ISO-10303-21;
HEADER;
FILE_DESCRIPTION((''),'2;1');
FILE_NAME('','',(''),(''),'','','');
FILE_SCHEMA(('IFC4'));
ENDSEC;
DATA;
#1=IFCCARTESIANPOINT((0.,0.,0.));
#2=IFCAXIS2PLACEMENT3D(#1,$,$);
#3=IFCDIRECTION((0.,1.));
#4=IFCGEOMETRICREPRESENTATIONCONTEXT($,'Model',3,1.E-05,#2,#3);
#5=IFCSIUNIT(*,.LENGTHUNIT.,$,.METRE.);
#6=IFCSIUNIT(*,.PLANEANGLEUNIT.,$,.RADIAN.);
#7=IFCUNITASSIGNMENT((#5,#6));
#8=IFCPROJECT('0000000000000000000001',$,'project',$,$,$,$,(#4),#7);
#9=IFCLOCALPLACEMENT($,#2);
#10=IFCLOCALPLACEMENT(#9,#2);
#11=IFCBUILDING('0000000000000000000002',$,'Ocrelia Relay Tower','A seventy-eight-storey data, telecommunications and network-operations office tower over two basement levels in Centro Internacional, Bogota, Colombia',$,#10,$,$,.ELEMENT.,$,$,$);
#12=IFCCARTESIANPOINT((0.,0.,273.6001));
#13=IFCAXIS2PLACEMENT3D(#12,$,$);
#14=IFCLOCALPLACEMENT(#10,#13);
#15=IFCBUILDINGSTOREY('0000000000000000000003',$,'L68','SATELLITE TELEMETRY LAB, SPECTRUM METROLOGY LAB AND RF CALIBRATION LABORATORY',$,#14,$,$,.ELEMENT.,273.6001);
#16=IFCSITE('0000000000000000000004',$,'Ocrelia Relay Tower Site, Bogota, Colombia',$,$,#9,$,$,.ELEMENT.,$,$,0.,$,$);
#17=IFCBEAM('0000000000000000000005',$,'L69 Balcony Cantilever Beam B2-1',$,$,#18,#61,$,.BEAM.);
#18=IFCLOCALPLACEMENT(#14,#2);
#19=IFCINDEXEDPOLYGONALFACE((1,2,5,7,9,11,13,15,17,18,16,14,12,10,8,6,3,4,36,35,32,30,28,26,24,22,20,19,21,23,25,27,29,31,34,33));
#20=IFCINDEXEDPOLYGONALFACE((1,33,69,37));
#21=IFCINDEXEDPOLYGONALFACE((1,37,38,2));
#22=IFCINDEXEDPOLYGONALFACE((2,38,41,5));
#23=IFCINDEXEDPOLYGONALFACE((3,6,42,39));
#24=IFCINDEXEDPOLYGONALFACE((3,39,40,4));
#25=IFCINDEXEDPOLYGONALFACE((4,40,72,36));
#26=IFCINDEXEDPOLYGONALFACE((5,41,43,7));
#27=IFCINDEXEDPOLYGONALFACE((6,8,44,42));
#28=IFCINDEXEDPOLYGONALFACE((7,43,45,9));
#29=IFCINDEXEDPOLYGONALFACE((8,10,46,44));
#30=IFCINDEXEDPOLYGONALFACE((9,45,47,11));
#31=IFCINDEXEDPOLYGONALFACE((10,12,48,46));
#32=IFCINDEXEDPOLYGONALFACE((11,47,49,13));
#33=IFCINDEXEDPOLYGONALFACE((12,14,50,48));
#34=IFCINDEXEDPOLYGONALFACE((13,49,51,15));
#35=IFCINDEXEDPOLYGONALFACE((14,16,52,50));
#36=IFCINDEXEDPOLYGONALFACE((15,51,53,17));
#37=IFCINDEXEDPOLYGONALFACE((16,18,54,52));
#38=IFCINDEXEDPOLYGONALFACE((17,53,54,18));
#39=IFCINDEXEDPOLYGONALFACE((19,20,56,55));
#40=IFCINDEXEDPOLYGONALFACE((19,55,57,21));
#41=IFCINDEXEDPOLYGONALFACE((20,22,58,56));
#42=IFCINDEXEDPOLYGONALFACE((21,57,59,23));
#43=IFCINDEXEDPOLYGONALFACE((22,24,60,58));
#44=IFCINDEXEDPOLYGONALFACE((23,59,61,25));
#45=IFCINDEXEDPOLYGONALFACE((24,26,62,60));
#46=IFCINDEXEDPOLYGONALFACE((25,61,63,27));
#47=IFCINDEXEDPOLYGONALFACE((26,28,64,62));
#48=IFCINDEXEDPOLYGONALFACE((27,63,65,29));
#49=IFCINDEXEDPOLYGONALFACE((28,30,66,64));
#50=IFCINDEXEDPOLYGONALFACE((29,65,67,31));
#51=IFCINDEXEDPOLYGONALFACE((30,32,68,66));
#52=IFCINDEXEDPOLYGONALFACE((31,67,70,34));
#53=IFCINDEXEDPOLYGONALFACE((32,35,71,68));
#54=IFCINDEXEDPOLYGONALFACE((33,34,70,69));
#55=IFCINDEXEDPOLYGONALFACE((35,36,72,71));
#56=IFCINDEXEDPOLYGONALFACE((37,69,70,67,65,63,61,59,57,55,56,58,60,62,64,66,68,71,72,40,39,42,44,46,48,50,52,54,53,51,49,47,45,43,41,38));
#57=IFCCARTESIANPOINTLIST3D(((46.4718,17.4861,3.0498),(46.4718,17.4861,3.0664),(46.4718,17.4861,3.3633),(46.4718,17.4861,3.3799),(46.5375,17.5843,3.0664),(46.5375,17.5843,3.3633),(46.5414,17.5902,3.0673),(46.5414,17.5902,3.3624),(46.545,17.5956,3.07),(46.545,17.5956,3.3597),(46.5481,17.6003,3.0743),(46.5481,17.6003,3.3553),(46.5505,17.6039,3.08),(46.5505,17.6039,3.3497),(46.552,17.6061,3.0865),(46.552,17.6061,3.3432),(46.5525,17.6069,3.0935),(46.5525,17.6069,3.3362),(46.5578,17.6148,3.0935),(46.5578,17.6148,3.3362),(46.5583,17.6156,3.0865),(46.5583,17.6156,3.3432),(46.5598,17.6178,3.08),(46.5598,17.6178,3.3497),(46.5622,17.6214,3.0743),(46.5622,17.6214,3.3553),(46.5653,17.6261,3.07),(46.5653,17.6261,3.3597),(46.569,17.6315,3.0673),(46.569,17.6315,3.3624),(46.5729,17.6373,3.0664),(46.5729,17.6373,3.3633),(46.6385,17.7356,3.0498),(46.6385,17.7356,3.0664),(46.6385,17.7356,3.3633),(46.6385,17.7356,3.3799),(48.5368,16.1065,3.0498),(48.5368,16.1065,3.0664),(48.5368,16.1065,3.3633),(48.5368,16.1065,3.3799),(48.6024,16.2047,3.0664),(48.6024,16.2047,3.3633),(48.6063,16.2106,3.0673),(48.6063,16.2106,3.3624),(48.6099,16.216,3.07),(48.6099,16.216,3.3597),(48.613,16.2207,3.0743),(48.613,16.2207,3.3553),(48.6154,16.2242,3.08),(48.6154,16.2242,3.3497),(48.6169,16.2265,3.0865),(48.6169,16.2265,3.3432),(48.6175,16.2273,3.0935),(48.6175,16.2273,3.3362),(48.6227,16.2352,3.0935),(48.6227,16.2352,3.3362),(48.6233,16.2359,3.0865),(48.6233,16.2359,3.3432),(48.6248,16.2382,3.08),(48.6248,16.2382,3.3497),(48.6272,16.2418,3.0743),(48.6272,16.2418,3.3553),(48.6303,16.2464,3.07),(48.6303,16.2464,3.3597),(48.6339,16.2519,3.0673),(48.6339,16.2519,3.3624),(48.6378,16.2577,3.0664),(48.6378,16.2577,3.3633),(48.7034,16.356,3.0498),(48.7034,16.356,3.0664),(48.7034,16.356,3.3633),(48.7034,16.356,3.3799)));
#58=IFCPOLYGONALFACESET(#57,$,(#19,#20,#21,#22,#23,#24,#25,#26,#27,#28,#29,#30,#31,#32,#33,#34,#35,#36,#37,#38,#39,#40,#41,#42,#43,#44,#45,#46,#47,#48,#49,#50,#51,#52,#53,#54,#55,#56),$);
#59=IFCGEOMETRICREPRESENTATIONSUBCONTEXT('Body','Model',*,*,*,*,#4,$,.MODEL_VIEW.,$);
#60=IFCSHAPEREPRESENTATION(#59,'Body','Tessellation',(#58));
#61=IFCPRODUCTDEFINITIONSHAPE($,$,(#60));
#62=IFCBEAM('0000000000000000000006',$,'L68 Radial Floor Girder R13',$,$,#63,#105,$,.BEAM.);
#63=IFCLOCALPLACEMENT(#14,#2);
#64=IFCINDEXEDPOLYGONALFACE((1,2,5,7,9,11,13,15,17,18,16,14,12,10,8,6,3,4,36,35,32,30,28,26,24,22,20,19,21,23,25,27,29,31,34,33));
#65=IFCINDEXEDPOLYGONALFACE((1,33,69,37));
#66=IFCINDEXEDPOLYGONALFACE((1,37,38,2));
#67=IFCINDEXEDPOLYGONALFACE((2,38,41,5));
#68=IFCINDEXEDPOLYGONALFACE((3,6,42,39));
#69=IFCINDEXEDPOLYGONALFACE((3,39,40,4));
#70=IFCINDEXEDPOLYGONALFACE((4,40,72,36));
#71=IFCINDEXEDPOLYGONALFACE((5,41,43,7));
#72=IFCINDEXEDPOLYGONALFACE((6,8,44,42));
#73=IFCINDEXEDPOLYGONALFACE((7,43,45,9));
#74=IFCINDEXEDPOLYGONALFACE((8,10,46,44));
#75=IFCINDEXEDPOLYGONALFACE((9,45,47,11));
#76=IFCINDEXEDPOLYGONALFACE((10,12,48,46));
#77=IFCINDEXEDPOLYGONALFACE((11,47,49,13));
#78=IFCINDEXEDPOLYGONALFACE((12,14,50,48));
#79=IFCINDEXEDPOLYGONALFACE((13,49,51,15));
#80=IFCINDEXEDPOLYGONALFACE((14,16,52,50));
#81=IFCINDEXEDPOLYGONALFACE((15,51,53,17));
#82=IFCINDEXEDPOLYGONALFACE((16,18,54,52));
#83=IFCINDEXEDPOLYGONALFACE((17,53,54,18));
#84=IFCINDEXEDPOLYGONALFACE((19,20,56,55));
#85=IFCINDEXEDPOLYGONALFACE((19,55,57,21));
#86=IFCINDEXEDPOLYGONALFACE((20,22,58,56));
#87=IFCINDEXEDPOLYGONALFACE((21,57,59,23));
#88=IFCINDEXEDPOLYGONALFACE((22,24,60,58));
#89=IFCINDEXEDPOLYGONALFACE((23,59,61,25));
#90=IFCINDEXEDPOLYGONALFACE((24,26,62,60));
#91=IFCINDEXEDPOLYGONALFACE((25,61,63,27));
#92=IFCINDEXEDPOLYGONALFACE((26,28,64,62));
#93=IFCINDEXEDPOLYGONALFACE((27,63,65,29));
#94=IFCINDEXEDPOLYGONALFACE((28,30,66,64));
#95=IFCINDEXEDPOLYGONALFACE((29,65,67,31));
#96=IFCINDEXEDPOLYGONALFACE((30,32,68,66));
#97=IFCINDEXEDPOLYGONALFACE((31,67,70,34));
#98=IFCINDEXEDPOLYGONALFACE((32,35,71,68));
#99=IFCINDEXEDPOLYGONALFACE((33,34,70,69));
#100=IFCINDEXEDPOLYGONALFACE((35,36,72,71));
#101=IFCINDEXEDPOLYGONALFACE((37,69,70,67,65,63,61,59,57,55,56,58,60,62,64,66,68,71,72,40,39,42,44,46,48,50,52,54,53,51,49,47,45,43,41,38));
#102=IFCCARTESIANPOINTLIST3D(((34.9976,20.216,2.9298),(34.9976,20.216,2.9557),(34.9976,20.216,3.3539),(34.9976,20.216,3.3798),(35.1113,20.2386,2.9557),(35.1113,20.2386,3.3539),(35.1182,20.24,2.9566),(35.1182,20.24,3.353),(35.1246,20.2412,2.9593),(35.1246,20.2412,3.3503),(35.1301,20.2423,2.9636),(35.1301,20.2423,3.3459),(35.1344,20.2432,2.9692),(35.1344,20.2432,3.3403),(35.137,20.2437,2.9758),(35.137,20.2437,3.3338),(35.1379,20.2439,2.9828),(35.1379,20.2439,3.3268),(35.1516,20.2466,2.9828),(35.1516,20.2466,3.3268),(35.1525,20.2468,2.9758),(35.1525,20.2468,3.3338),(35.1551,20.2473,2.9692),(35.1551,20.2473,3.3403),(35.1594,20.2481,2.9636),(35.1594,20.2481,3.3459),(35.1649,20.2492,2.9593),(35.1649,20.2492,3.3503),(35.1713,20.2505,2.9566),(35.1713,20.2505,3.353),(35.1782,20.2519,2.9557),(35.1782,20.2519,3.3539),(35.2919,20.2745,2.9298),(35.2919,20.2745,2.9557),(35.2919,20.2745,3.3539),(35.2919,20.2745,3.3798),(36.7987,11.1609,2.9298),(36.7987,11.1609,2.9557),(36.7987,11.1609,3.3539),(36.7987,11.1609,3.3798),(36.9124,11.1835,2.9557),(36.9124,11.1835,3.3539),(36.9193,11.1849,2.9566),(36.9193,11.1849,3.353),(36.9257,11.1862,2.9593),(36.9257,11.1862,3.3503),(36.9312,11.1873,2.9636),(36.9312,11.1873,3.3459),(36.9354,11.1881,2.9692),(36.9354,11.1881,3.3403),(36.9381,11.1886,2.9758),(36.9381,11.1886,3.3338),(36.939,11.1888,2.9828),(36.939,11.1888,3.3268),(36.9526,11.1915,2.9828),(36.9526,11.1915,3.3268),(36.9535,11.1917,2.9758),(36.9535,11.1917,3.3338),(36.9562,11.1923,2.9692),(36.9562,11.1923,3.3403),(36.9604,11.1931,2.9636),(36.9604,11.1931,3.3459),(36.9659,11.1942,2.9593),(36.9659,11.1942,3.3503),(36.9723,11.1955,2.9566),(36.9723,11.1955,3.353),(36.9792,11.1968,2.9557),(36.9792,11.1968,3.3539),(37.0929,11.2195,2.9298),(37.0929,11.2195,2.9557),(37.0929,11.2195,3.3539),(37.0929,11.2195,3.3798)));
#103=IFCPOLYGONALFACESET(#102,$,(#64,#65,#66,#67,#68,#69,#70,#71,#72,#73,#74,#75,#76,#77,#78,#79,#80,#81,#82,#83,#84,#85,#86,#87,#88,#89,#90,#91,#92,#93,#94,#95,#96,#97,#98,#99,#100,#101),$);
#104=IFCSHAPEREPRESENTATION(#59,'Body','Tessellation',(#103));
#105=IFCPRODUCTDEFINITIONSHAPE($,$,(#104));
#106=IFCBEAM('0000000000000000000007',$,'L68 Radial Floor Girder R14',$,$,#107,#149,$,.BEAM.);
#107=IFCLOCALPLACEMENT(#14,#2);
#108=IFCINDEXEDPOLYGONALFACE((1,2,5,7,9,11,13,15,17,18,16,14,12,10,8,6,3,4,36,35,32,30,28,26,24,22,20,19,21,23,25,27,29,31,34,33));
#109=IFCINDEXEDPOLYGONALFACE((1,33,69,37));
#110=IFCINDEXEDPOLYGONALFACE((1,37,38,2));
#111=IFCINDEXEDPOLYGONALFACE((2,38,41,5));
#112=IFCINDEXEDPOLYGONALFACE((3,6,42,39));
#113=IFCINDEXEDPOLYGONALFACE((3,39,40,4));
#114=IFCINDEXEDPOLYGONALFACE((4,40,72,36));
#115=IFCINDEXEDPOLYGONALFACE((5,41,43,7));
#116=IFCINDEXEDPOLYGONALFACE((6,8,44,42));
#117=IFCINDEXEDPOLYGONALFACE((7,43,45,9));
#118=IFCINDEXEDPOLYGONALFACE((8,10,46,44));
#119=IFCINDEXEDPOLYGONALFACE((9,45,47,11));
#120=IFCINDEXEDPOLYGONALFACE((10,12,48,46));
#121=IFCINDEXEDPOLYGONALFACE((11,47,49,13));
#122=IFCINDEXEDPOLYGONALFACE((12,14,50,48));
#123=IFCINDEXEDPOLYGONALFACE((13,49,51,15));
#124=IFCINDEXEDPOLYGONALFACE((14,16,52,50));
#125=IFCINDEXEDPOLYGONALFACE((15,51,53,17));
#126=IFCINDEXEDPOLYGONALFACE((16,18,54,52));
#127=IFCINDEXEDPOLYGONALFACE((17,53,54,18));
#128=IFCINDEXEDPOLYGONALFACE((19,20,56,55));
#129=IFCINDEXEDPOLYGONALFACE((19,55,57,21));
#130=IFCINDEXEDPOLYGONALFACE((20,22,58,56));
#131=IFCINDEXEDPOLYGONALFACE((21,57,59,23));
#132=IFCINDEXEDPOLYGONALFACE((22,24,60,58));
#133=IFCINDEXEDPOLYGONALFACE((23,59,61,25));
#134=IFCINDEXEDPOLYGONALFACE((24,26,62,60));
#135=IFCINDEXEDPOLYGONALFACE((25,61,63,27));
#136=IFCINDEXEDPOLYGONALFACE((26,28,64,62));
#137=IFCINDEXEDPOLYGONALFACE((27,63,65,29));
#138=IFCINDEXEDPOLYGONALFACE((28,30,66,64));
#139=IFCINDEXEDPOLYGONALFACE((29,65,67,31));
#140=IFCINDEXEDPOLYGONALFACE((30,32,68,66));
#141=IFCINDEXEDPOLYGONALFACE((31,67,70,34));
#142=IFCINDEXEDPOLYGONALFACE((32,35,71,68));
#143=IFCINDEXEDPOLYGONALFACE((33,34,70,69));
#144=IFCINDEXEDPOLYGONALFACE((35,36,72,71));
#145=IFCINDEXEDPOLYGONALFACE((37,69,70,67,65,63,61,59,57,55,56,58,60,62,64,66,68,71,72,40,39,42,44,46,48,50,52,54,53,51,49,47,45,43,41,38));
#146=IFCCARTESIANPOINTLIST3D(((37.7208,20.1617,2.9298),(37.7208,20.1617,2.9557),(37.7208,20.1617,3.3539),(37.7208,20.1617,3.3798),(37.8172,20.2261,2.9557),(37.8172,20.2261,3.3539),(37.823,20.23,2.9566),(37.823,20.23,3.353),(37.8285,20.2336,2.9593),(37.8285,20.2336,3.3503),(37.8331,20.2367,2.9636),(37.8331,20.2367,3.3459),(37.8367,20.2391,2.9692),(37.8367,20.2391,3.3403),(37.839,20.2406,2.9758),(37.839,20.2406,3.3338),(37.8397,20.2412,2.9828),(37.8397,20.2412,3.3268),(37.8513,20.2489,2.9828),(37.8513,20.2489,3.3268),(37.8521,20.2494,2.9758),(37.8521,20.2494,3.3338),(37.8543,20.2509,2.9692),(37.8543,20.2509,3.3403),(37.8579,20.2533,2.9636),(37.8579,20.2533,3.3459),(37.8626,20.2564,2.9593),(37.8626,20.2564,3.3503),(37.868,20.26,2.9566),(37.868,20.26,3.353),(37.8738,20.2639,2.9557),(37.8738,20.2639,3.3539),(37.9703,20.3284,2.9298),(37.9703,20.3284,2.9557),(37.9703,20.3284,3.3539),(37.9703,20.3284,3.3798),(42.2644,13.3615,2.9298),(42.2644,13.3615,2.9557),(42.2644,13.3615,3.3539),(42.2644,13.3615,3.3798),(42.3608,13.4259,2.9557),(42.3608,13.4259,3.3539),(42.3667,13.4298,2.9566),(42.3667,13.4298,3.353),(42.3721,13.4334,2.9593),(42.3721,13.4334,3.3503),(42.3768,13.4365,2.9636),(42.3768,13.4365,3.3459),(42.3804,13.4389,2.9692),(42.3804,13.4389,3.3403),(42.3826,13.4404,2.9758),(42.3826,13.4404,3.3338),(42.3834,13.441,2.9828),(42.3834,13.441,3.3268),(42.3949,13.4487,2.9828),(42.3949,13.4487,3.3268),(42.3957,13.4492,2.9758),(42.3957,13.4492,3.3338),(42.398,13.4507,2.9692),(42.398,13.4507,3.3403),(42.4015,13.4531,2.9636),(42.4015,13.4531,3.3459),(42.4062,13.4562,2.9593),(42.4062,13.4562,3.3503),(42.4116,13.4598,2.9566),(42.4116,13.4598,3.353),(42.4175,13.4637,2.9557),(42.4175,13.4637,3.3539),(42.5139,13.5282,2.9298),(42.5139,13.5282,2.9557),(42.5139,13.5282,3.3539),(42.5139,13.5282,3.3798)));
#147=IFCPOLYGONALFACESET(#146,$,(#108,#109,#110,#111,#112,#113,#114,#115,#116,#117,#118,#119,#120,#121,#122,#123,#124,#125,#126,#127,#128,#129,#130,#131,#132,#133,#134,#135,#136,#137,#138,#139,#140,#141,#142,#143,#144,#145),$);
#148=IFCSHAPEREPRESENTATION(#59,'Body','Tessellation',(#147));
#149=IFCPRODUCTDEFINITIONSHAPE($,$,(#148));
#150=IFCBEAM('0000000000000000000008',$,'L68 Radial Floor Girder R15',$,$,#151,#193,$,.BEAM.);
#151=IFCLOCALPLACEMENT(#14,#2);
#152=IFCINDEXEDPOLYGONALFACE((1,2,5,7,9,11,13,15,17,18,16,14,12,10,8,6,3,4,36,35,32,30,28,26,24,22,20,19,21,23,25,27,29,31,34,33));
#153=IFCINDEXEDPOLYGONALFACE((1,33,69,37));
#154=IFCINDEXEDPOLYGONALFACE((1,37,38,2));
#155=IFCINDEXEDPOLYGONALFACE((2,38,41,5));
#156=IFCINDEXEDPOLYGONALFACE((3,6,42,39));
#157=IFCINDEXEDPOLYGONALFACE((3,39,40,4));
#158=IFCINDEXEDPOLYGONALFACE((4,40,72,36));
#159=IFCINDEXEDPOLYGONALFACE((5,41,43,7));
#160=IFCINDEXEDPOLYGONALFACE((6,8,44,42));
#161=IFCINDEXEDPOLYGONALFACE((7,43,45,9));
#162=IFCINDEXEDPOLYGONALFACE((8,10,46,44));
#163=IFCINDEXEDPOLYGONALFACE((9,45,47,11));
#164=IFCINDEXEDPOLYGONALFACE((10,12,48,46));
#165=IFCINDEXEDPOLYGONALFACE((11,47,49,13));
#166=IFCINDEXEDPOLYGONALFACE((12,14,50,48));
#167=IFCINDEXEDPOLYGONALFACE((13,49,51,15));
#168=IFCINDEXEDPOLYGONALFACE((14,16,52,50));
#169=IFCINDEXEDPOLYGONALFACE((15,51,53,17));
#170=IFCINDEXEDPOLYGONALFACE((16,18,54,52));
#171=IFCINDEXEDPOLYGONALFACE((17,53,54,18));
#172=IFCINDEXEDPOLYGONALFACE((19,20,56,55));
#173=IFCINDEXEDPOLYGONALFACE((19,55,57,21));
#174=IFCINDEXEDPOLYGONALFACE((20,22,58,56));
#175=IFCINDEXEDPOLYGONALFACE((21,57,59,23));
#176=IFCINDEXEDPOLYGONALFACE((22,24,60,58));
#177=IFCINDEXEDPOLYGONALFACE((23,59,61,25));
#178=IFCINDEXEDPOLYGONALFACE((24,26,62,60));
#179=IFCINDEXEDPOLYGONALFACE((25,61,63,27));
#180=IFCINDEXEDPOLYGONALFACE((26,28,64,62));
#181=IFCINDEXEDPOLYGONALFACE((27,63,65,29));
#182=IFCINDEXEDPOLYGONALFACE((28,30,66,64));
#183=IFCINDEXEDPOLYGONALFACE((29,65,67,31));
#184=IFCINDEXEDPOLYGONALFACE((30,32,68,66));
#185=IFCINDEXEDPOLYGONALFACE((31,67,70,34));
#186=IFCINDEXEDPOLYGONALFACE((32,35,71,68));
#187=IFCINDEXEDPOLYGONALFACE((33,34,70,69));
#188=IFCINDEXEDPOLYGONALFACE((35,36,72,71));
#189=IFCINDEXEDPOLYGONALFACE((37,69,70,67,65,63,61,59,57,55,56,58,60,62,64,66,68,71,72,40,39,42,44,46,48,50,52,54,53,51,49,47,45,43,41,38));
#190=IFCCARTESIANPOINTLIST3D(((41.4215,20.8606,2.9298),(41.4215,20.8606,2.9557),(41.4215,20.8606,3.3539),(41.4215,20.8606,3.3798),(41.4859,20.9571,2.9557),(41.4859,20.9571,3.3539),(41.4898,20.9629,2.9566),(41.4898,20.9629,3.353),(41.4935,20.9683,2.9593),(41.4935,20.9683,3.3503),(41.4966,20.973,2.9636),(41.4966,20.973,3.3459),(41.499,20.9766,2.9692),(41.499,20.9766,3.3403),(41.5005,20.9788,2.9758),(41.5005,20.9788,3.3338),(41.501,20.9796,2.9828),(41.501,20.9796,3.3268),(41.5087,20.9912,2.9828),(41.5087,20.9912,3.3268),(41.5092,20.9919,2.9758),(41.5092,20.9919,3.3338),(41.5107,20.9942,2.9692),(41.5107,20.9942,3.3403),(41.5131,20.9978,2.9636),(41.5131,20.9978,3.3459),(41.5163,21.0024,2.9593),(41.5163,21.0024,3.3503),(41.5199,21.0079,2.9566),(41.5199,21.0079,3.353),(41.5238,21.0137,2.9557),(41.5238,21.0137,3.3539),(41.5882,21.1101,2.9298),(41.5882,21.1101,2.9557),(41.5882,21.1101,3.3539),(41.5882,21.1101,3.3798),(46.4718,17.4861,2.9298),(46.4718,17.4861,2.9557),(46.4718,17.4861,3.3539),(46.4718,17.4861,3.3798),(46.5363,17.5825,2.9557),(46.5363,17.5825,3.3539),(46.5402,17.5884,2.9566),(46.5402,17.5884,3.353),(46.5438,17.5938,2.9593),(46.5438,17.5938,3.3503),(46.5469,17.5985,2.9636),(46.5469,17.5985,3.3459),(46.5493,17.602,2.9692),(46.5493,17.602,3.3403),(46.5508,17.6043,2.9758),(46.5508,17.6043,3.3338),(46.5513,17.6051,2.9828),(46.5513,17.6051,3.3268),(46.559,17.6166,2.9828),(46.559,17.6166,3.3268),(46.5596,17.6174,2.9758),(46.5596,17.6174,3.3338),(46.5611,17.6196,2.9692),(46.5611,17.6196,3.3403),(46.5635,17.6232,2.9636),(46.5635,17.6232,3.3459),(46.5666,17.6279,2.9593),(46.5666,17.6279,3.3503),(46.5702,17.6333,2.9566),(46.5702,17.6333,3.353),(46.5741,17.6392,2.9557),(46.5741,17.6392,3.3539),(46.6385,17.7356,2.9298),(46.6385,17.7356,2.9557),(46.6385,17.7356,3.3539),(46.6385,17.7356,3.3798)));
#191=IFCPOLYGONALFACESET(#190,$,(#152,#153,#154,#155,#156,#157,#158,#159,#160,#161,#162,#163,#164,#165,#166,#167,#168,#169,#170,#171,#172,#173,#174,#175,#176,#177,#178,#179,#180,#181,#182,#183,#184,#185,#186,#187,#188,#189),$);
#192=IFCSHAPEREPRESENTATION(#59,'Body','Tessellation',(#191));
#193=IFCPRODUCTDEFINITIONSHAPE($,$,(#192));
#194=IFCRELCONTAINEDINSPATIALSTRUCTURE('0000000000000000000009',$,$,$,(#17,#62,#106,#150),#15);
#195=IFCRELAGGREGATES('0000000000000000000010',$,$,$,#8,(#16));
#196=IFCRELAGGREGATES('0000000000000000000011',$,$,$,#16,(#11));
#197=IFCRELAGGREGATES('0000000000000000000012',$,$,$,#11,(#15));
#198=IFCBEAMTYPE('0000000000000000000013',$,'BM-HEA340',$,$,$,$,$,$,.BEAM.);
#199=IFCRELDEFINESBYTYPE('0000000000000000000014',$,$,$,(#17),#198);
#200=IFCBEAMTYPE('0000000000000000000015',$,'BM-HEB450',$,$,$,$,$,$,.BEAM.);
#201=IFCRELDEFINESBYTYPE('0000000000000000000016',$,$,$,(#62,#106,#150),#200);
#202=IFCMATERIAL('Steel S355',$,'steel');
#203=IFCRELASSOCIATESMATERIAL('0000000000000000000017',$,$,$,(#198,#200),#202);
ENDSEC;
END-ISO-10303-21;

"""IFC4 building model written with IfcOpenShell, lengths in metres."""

from ifc_helpers import new_model, si_unit, direction, frame, origin, origin_2d, place, context, subcontext, project, spatial, i_section, extrude, material, material_profile, profile_set, type_object, element, save


model = new_model("IFC4")

# Units and contexts
model_context = context("Model", 3, precision=1e-05, world=origin(), true_north=direction((0.0, 1.0)))
body_context = subcontext(model_context, "Body", "Model", "MODEL_VIEW")
ifc_project = project(units=[si_unit("LENGTHUNIT", "METRE"), si_unit("PLANEANGLEUNIT", "RADIAN")], contexts=[model_context])

# Site, building, storey
site_placement = place(None, origin())
site = spatial("IfcSite", under=ifc_project, at=site_placement, Name="Ocrelia Relay Tower Site, Bogota, Colombia", CompositionType="ELEMENT", RefElevation=0.0)
building_placement = place(site_placement, origin())
building = spatial("IfcBuilding", under=site, at=building_placement, Name="Ocrelia Relay Tower", Description="A seventy-eight-storey data, telecommunications and network-operations office tower over two basement levels in Centro Internacional, Bogota, Colombia", CompositionType="ELEMENT")
storey_placement = place(building_placement, frame((0.0, 0.0, 273.6001)))
storey = spatial("IfcBuildingStorey", under=building, at=storey_placement, Name="L68", Description="SATELLITE TELEMETRY LAB, SPECTRUM METROLOGY LAB AND RF CALIBRATION LABORATORY", CompositionType="ELEMENT", Elevation=273.6001)

# Beams
ifc_material_1 = material(Name="Steel S355", Category="steel")
ifc_material_profile_1 = material_profile(ifc_material_1, i_section(OverallWidth=0.3, OverallDepth=0.3301, WebThickness=0.0095, FlangeThickness=0.0166, FilletRadius=0.0271, at=origin_2d()), Name="HEA 340")
ifc_profile_set_1 = profile_set([ifc_material_profile_1], Name="Steel S355")
beam_type_1 = type_object("IfcBeamType", Name="BM-HEA340", PredefinedType="BEAM", material=ifc_profile_set_1)
beam_1_placement = place(storey_placement, frame((46.5552, 17.6108, 3.2148), z_axis=(0.83149, -0.555539, 0.0), x_axis=(0.555539, 0.83149, 0.0)))
element("IfcBeam", 1, at=beam_1_placement, inside=storey, type_object=beam_type_1, Name="L69 Balcony Cantilever Beam B2-1", PredefinedType="BEAM", context=body_context, shape_type="SweptSolid", body=[
    extrude(i_section(OverallWidth=0.3, OverallDepth=0.3301, WebThickness=0.0095, FlangeThickness=0.0166, FilletRadius=0.0271, at=origin_2d()), origin(), (0.0, 0.0, 1.0), 2.4834),
])
ifc_material_profile_2 = material_profile(ifc_material_1, i_section(OverallWidth=0.3, OverallDepth=0.45, WebThickness=0.0139, FlangeThickness=0.0259, FilletRadius=0.0271, at=origin_2d()), Name="HEB 450")
ifc_profile_set_2 = profile_set([ifc_material_profile_2], Name="Steel S355")
beam_type_2 = type_object("IfcBeamType", Name="BM-HEB450", PredefinedType="BEAM", material=ifc_profile_set_2)
beam_2_placement = place(storey_placement, frame((36.9458, 11.1902, 3.1548), z_axis=(-0.195079, 0.980788, 0.0), x_axis=(-0.980788, -0.195079, 0.0)))
element("IfcBeam", 2, at=beam_2_placement, inside=storey, type_object=beam_type_2, Name="L68 Radial Floor Girder R13", PredefinedType="BEAM", context=body_context, shape_type="SweptSolid", body=[
    extrude(i_section(OverallWidth=0.3, OverallDepth=0.45, WebThickness=0.0139, FlangeThickness=0.0259, FilletRadius=0.0271, at=origin_2d()), origin(), (0.0, 0.0, 1.0), 9.2324),
])
beam_3_placement = place(storey_placement, frame((42.3892, 13.4448, 3.1548), z_axis=(-0.555561, 0.831476, 0.0), x_axis=(-0.831476, -0.555561, 0.0)))
element("IfcBeam", 3, at=beam_3_placement, inside=storey, type_object=beam_type_2, Name="L68 Radial Floor Girder R14", PredefinedType="BEAM", context=body_context, shape_type="SweptSolid", body=[
    extrude(i_section(OverallWidth=0.3, OverallDepth=0.45, WebThickness=0.0139, FlangeThickness=0.0259, FilletRadius=0.0271, at=origin_2d()), origin(), (0.0, 0.0, 1.0), 8.1785),
])
beam_4_placement = place(storey_placement, frame((46.5552, 17.6108, 3.1548), z_axis=(-0.831469, 0.555572, 0.0), x_axis=(-0.555572, -0.831469, 0.0)))
element("IfcBeam", 4, at=beam_4_placement, inside=storey, type_object=beam_type_2, Name="L68 Radial Floor Girder R15", PredefinedType="BEAM", context=body_context, shape_type="SweptSolid", body=[
    extrude(i_section(OverallWidth=0.3, OverallDepth=0.45, WebThickness=0.0139, FlangeThickness=0.0259, FilletRadius=0.0271, at=origin_2d()), origin(), (0.0, 0.0, 1.0), 6.074),
])

save(model, "model.ifc")
